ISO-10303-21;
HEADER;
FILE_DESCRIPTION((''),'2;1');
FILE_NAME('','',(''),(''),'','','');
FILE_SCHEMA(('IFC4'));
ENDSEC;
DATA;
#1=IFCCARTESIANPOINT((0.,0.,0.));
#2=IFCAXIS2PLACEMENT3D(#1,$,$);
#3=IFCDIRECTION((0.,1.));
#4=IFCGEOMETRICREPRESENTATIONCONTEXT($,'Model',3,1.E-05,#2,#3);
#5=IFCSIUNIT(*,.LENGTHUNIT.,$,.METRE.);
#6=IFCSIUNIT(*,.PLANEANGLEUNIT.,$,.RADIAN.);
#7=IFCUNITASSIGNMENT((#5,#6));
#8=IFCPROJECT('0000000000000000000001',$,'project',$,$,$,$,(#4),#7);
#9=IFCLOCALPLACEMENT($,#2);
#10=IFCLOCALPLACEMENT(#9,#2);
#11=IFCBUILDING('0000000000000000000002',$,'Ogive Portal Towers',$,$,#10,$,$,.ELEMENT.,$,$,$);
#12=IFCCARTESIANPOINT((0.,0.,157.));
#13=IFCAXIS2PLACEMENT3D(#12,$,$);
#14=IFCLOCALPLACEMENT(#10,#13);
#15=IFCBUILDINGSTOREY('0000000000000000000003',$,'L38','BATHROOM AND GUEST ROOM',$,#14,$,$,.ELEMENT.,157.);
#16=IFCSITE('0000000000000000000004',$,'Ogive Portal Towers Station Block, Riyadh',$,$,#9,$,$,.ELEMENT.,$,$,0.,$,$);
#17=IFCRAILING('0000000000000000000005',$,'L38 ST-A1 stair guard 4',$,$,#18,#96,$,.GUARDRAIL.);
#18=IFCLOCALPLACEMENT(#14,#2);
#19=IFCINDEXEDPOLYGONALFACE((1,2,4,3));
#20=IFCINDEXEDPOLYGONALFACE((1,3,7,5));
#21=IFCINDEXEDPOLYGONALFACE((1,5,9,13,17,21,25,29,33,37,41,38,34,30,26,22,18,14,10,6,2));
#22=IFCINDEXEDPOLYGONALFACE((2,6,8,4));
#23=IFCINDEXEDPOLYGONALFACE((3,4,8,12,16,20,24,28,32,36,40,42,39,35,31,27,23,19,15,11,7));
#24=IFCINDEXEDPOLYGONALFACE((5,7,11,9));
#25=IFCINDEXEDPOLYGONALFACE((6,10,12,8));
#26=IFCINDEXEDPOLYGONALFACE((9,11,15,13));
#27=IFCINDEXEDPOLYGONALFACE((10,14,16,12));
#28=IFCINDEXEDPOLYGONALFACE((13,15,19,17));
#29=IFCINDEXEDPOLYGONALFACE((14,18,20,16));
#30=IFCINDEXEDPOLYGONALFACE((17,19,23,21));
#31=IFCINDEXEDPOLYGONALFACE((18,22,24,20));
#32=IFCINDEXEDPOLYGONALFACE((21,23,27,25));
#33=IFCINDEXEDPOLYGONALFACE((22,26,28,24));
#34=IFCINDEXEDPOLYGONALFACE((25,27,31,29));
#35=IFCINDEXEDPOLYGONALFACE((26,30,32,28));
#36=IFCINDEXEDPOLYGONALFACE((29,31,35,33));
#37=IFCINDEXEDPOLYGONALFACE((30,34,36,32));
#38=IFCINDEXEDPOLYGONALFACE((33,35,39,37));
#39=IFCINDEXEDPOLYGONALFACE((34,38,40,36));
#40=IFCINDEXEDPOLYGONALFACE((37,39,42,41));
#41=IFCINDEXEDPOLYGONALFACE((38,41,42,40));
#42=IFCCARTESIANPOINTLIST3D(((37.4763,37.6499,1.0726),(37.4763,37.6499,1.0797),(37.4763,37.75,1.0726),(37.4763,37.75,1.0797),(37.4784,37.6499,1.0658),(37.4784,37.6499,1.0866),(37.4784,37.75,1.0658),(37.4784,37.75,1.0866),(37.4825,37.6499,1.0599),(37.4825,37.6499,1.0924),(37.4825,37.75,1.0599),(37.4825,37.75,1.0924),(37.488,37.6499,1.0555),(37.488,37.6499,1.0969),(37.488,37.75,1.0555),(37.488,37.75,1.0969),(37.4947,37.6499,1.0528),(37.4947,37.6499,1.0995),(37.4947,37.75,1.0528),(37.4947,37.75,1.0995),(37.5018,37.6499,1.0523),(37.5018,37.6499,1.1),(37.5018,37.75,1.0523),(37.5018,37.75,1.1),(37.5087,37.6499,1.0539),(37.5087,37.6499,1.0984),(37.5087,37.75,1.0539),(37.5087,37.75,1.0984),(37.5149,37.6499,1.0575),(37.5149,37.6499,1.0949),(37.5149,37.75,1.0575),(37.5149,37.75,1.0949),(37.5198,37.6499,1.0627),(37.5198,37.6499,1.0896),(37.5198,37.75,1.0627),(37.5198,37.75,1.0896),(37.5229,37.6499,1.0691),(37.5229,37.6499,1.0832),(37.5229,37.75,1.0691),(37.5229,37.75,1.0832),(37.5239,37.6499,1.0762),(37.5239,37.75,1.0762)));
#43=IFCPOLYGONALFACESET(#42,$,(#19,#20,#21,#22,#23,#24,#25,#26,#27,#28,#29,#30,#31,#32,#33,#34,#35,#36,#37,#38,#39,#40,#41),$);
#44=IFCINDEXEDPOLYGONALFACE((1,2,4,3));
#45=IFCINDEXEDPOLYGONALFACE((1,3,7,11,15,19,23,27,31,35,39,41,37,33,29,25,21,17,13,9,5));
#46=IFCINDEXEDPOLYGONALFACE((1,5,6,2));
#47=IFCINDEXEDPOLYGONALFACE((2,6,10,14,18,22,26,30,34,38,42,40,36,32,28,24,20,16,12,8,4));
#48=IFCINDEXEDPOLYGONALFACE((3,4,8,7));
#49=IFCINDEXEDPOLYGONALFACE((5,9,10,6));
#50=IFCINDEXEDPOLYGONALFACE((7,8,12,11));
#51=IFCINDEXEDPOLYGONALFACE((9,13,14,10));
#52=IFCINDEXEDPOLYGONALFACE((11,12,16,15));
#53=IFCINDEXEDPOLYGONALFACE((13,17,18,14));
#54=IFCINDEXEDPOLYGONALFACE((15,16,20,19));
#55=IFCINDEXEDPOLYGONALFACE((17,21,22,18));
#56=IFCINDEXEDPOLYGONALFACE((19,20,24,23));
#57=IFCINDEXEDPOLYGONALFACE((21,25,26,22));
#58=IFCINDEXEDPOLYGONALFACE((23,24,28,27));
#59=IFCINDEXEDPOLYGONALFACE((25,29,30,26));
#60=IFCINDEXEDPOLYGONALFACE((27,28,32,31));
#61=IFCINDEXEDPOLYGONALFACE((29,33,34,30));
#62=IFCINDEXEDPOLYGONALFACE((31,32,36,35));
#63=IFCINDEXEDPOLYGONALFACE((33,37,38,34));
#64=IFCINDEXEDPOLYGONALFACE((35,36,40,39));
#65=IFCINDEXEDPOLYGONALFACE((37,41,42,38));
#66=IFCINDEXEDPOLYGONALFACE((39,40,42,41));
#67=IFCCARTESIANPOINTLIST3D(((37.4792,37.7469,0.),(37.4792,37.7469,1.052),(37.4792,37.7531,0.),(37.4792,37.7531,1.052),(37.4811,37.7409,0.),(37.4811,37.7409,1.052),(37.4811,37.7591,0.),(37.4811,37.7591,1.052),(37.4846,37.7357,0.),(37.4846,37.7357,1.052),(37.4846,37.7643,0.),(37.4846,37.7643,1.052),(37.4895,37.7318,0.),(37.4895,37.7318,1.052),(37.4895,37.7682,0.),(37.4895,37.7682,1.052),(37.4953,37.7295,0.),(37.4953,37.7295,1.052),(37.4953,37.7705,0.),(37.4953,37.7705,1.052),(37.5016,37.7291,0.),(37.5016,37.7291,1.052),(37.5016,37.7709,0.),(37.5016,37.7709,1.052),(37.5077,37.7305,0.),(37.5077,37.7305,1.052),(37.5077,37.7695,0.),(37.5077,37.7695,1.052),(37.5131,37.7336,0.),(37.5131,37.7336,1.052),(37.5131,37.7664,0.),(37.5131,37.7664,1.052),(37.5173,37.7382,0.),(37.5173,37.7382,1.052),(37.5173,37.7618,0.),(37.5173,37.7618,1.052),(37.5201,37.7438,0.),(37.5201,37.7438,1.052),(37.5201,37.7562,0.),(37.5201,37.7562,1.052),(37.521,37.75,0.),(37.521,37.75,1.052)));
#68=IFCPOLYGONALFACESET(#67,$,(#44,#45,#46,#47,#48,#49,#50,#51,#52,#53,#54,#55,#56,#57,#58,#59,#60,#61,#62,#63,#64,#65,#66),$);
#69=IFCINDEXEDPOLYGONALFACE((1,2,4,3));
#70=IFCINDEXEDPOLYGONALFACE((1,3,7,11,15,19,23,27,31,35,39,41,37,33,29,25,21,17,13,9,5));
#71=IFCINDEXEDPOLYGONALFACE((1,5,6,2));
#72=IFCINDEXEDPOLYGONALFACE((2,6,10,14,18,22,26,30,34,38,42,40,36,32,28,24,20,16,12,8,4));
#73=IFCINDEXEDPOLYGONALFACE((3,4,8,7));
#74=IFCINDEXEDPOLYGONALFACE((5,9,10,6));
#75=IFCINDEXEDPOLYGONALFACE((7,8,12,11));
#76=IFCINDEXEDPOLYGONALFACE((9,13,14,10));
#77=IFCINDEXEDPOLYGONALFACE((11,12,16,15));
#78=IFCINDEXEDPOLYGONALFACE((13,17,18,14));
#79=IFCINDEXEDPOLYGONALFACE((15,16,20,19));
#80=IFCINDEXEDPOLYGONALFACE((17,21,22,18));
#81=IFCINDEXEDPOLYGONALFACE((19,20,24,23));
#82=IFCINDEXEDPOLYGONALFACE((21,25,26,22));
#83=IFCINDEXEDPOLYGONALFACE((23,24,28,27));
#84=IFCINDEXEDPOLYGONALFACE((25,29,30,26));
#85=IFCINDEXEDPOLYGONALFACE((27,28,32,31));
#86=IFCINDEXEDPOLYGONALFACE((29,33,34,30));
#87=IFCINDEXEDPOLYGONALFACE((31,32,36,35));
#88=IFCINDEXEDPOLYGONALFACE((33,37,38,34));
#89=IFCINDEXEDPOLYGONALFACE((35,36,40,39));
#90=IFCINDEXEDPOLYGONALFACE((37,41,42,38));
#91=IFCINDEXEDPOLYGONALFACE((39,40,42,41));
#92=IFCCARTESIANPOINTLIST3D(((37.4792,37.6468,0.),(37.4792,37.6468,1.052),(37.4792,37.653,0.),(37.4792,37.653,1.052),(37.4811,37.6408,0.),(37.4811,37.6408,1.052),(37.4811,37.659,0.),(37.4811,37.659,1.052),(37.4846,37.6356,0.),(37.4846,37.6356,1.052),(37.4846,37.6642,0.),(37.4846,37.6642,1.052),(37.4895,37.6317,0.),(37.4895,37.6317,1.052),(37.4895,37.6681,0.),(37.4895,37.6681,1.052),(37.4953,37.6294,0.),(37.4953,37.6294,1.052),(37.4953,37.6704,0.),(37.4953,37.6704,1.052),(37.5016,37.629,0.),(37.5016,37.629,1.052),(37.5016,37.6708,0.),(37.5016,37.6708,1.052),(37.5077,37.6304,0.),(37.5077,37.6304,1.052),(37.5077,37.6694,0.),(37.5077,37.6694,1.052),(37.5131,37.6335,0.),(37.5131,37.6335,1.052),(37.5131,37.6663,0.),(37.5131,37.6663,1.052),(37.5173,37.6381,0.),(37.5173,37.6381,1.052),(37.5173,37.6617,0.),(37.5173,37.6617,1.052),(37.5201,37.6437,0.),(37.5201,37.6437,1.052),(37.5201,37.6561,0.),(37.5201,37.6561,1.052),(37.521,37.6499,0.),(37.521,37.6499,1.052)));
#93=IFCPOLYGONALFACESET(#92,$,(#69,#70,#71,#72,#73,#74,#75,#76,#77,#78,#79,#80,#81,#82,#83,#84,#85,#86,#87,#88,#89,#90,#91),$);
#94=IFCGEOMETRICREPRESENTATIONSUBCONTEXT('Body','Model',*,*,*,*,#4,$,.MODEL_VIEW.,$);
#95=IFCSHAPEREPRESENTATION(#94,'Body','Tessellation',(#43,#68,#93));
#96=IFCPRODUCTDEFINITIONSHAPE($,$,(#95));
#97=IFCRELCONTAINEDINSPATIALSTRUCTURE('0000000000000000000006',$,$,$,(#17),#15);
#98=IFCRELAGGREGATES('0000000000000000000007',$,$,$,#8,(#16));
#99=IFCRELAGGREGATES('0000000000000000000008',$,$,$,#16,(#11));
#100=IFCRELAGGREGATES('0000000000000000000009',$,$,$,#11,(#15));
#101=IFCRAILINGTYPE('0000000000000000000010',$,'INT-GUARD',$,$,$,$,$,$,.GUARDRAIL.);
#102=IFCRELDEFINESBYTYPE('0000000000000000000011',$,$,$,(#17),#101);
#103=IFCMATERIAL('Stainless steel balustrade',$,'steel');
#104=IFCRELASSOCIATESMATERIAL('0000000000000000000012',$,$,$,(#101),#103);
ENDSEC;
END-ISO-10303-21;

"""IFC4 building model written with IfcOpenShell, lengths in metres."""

from ifc_helpers import new_model, si_unit, direction, frame, origin, origin_2d, place, context, subcontext, project, spatial, circle, extrude, material, type_object, element, save


model = new_model("IFC4")

# Units and contexts
model_context = context("Model", 3, precision=1e-05, world=origin(), true_north=direction((0.0, 1.0)))
body_context = subcontext(model_context, "Body", "Model", "MODEL_VIEW")
ifc_project = project(units=[si_unit("LENGTHUNIT", "METRE"), si_unit("PLANEANGLEUNIT", "RADIAN")], contexts=[model_context])

# Site, building, storey
site_placement = place(None, origin())
site = spatial("IfcSite", under=ifc_project, at=site_placement, Name="Ogive Portal Towers Station Block, Riyadh", CompositionType="ELEMENT", RefElevation=0.0)
building_placement = place(site_placement, origin())
building = spatial("IfcBuilding", under=site, at=building_placement, Name="Ogive Portal Towers", CompositionType="ELEMENT")
storey_placement = place(building_placement, frame((0.0, 0.0, 157.0)))
storey = spatial("IfcBuildingStorey", under=building, at=storey_placement, Name="L38", Description="BATHROOM AND GUEST ROOM", CompositionType="ELEMENT", Elevation=157.0)

# Railing
ifc_material_1 = material(Name="Stainless steel balustrade", Category="steel")
railing_type = type_object("IfcRailingType", Name="INT-GUARD", PredefinedType="GUARDRAIL", material=ifc_material_1)
railing_placement = place(storey_placement, frame((37.5, 37.75, 0.0)))
element("IfcRailing", 1, at=railing_placement, inside=storey, type_object=railing_type, Name="L38 ST-A1 stair guard 4", PredefinedType="GUARDRAIL", context=body_context, shape_type="SweptSolid", body=[
    extrude(circle(Radius=0.0239, at=origin_2d()), frame((0.0, 0.0, 1.0762), z_axis=(0.0, -1.0, 0.0), x_axis=(1.0, 0.0, 0.0)), (0.0, 0.0, 1.0), 0.1001),
    extrude(circle(Radius=0.021, at=origin_2d()), origin(), (0.0, 0.0, 1.0), 1.052),
    extrude(circle(Radius=0.021, at=origin_2d()), frame((0.0, -0.1001, 0.0)), (0.0, 0.0, 1.0), 1.052),
])

save(model, "model.ifc")
